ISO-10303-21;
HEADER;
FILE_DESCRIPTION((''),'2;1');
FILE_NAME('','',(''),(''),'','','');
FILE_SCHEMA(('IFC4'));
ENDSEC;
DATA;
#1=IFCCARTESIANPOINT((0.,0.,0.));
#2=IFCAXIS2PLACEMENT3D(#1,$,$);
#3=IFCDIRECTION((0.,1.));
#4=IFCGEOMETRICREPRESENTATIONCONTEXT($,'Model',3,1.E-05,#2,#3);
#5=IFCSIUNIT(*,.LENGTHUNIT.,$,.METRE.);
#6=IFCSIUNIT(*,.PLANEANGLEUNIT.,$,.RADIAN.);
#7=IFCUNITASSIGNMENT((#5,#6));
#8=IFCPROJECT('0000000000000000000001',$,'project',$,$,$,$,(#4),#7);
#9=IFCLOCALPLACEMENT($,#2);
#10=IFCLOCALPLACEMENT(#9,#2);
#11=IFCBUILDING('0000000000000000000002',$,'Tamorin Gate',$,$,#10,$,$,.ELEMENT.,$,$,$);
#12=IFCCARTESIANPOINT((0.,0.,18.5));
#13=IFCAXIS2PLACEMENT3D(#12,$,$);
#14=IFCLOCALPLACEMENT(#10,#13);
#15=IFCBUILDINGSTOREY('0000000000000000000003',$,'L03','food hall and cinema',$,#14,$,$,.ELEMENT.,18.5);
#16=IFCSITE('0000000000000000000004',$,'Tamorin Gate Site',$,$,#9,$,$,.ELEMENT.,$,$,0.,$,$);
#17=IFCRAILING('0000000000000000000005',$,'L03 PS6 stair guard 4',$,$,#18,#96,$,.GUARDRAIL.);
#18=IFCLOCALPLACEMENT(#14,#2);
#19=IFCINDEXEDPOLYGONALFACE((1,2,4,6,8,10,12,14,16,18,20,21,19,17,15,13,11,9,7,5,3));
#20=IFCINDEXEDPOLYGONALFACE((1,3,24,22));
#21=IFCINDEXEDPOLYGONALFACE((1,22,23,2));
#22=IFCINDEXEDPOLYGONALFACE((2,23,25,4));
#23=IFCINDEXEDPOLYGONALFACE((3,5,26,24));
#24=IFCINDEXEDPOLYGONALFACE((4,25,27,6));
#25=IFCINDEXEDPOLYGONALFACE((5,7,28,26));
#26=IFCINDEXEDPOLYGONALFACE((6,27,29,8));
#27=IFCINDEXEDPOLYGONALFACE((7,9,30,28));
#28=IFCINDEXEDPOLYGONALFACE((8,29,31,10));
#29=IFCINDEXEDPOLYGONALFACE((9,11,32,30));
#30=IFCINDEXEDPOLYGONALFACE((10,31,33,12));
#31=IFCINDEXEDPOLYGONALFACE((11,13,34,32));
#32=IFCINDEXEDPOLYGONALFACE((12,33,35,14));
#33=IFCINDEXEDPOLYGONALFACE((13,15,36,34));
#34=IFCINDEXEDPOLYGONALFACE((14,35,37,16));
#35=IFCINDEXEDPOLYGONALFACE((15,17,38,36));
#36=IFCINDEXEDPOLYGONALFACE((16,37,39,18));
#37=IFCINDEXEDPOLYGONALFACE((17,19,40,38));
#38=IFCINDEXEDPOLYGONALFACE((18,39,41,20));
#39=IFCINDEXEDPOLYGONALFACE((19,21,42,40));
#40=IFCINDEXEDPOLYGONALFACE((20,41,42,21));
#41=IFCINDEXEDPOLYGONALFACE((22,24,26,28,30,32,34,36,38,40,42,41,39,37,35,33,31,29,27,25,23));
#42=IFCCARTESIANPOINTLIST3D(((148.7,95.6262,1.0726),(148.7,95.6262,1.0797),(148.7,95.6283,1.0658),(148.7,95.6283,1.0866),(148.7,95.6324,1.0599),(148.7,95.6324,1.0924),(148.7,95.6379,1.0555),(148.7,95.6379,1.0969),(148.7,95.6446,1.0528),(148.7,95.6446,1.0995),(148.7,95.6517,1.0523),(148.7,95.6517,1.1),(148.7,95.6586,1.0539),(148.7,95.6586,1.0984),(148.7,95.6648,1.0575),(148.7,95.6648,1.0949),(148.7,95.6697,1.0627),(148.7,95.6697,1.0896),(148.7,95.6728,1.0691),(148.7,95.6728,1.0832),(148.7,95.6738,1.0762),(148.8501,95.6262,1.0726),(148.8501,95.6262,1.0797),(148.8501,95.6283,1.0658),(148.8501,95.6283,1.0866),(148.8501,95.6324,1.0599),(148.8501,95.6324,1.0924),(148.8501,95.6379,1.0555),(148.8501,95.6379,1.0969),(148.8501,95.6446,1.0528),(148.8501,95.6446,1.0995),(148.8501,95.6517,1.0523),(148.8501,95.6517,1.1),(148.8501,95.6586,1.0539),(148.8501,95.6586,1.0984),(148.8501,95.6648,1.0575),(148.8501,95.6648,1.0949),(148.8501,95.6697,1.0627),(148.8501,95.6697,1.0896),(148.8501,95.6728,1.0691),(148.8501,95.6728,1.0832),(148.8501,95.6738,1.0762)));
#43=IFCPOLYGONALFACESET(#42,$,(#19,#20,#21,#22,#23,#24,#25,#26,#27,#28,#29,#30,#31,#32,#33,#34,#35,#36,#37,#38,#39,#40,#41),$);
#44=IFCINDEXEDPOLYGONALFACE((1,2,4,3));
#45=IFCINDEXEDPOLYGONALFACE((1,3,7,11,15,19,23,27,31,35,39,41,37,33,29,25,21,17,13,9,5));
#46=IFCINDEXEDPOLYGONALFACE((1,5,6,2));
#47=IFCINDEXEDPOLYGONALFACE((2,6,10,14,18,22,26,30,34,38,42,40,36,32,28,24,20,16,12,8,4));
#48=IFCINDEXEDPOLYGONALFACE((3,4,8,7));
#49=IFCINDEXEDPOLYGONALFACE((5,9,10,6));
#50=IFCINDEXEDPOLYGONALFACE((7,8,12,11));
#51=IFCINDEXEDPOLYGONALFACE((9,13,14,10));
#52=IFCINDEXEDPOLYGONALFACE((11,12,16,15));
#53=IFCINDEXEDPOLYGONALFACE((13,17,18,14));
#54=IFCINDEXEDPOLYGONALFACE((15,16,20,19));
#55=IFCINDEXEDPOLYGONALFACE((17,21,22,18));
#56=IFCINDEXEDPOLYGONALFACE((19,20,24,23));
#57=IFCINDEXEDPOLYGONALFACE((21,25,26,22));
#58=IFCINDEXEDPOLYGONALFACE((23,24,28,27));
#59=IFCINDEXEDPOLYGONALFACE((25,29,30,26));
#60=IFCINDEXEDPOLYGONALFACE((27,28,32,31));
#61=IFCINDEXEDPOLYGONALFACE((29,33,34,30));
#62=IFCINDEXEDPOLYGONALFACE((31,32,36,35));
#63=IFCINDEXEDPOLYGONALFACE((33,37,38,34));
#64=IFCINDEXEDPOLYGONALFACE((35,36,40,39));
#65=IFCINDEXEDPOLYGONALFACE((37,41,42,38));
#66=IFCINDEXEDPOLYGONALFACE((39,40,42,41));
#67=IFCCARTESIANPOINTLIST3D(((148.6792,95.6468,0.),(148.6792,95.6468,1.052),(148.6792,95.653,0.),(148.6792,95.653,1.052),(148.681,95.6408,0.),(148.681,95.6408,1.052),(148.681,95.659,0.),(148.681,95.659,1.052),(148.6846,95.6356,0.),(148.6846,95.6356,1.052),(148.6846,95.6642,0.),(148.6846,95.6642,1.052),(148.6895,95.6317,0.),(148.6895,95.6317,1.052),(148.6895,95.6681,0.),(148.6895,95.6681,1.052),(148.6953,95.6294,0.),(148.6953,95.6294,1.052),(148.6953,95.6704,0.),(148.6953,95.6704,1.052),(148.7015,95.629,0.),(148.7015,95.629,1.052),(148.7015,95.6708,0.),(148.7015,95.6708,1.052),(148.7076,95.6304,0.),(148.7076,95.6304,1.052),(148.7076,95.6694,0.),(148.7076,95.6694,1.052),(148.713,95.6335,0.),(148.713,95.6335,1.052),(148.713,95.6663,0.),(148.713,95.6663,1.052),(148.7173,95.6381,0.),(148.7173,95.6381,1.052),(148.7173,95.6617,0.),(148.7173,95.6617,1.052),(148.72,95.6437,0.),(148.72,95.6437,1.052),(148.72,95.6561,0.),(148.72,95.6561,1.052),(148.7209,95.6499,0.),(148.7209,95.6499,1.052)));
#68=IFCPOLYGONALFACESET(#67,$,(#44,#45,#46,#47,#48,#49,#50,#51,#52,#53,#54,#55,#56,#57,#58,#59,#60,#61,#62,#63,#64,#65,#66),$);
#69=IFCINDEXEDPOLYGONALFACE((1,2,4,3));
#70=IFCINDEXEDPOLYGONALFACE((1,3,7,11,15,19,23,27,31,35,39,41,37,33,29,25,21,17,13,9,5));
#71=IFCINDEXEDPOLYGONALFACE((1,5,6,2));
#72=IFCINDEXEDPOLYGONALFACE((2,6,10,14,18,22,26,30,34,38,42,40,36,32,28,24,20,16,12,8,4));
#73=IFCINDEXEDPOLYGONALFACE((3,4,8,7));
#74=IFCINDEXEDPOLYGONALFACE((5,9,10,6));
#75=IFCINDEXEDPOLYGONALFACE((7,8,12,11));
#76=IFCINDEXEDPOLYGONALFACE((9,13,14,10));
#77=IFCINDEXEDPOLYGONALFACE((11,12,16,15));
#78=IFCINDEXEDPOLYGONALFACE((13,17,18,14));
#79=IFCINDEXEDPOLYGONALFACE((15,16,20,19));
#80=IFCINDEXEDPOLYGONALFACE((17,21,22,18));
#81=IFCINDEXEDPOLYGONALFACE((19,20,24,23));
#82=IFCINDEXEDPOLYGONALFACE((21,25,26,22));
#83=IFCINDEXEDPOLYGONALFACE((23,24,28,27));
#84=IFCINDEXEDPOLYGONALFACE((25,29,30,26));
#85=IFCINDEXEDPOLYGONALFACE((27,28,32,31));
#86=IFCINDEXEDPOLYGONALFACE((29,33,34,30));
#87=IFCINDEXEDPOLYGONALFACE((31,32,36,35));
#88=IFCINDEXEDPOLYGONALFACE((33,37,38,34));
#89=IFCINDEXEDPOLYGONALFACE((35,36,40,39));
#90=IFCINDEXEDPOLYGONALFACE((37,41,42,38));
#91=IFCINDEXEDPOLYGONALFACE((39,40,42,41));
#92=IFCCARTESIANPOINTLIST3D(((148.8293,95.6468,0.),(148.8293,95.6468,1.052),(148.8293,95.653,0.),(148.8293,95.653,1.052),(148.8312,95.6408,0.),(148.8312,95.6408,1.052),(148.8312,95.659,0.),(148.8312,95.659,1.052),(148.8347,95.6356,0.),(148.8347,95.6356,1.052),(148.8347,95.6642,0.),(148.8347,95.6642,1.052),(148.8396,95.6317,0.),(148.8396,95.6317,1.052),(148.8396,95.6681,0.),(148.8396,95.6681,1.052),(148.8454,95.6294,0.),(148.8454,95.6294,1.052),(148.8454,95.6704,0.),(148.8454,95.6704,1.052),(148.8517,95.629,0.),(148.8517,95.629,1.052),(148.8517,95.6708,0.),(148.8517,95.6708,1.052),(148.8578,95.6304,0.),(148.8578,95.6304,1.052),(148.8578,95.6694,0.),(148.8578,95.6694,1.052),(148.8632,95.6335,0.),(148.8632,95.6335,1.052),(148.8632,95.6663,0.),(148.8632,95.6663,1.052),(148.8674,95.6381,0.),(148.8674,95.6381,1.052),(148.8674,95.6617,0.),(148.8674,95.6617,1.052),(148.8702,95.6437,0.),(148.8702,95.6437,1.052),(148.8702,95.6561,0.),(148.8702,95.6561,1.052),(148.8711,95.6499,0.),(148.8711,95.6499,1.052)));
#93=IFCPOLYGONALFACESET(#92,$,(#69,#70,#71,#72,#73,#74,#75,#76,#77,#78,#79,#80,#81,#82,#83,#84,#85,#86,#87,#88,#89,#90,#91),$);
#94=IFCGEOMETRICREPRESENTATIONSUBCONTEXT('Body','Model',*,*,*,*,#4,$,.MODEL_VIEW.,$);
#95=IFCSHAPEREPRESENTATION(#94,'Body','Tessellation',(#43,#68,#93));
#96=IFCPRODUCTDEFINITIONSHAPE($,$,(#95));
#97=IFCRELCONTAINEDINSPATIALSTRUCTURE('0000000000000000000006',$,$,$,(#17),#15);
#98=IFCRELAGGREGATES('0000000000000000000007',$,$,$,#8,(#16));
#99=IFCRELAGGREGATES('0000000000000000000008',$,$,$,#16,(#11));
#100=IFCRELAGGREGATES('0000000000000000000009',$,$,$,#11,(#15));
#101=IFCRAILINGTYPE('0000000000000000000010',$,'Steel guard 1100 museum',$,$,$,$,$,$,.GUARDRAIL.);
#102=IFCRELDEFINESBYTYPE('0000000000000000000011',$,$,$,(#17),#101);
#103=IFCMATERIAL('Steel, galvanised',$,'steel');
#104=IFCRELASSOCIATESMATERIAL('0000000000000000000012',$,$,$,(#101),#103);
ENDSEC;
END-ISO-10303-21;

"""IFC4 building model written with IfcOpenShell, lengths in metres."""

from ifc_helpers import new_model, si_unit, direction, frame, origin, origin_2d, place, context, subcontext, project, spatial, circle, extrude, material, type_object, element, save


model = new_model("IFC4")

# Units and contexts
model_context = context("Model", 3, precision=1e-05, world=origin(), true_north=direction((0.0, 1.0)))
body_context = subcontext(model_context, "Body", "Model", "MODEL_VIEW")
ifc_project = project(units=[si_unit("LENGTHUNIT", "METRE"), si_unit("PLANEANGLEUNIT", "RADIAN")], contexts=[model_context])

# Site, building, storey
site_placement = place(None, origin())
site = spatial("IfcSite", under=ifc_project, at=site_placement, Name="Tamorin Gate Site", CompositionType="ELEMENT", RefElevation=0.0)
building_placement = place(site_placement, origin())
building = spatial("IfcBuilding", under=site, at=building_placement, Name="Tamorin Gate", CompositionType="ELEMENT")
storey_placement = place(building_placement, frame((0.0, 0.0, 18.5)))
storey = spatial("IfcBuildingStorey", under=building, at=storey_placement, Name="L03", Description="food hall and cinema", CompositionType="ELEMENT", Elevation=18.5)

# Railing
ifc_material_1 = material(Name="Steel, galvanised", Category="steel")
railing_type_1 = type_object("IfcRailingType", Name="Steel guard 1100 museum", PredefinedType="GUARDRAIL", material=ifc_material_1)
railing_1_placement = place(storey_placement, frame((148.7, 95.6499, 0.0)))
element("IfcRailing", 1, at=railing_1_placement, inside=storey, type_object=railing_type_1, Name="L03 PS6 stair guard 4", PredefinedType="GUARDRAIL", context=body_context, shape_type="SweptSolid", body=[
    extrude(circle(Radius=0.0239, at=origin_2d()), frame((0.0, 0.0, 1.0762), z_axis=(1.0, 0.0, 0.0), x_axis=(0.0, 1.0, 0.0)), (0.0, 0.0, 1.0), 0.1501),
    extrude(circle(Radius=0.021, at=origin_2d()), origin(), (0.0, 0.0, 1.0), 1.052),
    extrude(circle(Radius=0.021, at=origin_2d()), frame((0.1501, 0.0, 0.0)), (0.0, 0.0, 1.0), 1.052),
])

save(model, "model.ifc")
